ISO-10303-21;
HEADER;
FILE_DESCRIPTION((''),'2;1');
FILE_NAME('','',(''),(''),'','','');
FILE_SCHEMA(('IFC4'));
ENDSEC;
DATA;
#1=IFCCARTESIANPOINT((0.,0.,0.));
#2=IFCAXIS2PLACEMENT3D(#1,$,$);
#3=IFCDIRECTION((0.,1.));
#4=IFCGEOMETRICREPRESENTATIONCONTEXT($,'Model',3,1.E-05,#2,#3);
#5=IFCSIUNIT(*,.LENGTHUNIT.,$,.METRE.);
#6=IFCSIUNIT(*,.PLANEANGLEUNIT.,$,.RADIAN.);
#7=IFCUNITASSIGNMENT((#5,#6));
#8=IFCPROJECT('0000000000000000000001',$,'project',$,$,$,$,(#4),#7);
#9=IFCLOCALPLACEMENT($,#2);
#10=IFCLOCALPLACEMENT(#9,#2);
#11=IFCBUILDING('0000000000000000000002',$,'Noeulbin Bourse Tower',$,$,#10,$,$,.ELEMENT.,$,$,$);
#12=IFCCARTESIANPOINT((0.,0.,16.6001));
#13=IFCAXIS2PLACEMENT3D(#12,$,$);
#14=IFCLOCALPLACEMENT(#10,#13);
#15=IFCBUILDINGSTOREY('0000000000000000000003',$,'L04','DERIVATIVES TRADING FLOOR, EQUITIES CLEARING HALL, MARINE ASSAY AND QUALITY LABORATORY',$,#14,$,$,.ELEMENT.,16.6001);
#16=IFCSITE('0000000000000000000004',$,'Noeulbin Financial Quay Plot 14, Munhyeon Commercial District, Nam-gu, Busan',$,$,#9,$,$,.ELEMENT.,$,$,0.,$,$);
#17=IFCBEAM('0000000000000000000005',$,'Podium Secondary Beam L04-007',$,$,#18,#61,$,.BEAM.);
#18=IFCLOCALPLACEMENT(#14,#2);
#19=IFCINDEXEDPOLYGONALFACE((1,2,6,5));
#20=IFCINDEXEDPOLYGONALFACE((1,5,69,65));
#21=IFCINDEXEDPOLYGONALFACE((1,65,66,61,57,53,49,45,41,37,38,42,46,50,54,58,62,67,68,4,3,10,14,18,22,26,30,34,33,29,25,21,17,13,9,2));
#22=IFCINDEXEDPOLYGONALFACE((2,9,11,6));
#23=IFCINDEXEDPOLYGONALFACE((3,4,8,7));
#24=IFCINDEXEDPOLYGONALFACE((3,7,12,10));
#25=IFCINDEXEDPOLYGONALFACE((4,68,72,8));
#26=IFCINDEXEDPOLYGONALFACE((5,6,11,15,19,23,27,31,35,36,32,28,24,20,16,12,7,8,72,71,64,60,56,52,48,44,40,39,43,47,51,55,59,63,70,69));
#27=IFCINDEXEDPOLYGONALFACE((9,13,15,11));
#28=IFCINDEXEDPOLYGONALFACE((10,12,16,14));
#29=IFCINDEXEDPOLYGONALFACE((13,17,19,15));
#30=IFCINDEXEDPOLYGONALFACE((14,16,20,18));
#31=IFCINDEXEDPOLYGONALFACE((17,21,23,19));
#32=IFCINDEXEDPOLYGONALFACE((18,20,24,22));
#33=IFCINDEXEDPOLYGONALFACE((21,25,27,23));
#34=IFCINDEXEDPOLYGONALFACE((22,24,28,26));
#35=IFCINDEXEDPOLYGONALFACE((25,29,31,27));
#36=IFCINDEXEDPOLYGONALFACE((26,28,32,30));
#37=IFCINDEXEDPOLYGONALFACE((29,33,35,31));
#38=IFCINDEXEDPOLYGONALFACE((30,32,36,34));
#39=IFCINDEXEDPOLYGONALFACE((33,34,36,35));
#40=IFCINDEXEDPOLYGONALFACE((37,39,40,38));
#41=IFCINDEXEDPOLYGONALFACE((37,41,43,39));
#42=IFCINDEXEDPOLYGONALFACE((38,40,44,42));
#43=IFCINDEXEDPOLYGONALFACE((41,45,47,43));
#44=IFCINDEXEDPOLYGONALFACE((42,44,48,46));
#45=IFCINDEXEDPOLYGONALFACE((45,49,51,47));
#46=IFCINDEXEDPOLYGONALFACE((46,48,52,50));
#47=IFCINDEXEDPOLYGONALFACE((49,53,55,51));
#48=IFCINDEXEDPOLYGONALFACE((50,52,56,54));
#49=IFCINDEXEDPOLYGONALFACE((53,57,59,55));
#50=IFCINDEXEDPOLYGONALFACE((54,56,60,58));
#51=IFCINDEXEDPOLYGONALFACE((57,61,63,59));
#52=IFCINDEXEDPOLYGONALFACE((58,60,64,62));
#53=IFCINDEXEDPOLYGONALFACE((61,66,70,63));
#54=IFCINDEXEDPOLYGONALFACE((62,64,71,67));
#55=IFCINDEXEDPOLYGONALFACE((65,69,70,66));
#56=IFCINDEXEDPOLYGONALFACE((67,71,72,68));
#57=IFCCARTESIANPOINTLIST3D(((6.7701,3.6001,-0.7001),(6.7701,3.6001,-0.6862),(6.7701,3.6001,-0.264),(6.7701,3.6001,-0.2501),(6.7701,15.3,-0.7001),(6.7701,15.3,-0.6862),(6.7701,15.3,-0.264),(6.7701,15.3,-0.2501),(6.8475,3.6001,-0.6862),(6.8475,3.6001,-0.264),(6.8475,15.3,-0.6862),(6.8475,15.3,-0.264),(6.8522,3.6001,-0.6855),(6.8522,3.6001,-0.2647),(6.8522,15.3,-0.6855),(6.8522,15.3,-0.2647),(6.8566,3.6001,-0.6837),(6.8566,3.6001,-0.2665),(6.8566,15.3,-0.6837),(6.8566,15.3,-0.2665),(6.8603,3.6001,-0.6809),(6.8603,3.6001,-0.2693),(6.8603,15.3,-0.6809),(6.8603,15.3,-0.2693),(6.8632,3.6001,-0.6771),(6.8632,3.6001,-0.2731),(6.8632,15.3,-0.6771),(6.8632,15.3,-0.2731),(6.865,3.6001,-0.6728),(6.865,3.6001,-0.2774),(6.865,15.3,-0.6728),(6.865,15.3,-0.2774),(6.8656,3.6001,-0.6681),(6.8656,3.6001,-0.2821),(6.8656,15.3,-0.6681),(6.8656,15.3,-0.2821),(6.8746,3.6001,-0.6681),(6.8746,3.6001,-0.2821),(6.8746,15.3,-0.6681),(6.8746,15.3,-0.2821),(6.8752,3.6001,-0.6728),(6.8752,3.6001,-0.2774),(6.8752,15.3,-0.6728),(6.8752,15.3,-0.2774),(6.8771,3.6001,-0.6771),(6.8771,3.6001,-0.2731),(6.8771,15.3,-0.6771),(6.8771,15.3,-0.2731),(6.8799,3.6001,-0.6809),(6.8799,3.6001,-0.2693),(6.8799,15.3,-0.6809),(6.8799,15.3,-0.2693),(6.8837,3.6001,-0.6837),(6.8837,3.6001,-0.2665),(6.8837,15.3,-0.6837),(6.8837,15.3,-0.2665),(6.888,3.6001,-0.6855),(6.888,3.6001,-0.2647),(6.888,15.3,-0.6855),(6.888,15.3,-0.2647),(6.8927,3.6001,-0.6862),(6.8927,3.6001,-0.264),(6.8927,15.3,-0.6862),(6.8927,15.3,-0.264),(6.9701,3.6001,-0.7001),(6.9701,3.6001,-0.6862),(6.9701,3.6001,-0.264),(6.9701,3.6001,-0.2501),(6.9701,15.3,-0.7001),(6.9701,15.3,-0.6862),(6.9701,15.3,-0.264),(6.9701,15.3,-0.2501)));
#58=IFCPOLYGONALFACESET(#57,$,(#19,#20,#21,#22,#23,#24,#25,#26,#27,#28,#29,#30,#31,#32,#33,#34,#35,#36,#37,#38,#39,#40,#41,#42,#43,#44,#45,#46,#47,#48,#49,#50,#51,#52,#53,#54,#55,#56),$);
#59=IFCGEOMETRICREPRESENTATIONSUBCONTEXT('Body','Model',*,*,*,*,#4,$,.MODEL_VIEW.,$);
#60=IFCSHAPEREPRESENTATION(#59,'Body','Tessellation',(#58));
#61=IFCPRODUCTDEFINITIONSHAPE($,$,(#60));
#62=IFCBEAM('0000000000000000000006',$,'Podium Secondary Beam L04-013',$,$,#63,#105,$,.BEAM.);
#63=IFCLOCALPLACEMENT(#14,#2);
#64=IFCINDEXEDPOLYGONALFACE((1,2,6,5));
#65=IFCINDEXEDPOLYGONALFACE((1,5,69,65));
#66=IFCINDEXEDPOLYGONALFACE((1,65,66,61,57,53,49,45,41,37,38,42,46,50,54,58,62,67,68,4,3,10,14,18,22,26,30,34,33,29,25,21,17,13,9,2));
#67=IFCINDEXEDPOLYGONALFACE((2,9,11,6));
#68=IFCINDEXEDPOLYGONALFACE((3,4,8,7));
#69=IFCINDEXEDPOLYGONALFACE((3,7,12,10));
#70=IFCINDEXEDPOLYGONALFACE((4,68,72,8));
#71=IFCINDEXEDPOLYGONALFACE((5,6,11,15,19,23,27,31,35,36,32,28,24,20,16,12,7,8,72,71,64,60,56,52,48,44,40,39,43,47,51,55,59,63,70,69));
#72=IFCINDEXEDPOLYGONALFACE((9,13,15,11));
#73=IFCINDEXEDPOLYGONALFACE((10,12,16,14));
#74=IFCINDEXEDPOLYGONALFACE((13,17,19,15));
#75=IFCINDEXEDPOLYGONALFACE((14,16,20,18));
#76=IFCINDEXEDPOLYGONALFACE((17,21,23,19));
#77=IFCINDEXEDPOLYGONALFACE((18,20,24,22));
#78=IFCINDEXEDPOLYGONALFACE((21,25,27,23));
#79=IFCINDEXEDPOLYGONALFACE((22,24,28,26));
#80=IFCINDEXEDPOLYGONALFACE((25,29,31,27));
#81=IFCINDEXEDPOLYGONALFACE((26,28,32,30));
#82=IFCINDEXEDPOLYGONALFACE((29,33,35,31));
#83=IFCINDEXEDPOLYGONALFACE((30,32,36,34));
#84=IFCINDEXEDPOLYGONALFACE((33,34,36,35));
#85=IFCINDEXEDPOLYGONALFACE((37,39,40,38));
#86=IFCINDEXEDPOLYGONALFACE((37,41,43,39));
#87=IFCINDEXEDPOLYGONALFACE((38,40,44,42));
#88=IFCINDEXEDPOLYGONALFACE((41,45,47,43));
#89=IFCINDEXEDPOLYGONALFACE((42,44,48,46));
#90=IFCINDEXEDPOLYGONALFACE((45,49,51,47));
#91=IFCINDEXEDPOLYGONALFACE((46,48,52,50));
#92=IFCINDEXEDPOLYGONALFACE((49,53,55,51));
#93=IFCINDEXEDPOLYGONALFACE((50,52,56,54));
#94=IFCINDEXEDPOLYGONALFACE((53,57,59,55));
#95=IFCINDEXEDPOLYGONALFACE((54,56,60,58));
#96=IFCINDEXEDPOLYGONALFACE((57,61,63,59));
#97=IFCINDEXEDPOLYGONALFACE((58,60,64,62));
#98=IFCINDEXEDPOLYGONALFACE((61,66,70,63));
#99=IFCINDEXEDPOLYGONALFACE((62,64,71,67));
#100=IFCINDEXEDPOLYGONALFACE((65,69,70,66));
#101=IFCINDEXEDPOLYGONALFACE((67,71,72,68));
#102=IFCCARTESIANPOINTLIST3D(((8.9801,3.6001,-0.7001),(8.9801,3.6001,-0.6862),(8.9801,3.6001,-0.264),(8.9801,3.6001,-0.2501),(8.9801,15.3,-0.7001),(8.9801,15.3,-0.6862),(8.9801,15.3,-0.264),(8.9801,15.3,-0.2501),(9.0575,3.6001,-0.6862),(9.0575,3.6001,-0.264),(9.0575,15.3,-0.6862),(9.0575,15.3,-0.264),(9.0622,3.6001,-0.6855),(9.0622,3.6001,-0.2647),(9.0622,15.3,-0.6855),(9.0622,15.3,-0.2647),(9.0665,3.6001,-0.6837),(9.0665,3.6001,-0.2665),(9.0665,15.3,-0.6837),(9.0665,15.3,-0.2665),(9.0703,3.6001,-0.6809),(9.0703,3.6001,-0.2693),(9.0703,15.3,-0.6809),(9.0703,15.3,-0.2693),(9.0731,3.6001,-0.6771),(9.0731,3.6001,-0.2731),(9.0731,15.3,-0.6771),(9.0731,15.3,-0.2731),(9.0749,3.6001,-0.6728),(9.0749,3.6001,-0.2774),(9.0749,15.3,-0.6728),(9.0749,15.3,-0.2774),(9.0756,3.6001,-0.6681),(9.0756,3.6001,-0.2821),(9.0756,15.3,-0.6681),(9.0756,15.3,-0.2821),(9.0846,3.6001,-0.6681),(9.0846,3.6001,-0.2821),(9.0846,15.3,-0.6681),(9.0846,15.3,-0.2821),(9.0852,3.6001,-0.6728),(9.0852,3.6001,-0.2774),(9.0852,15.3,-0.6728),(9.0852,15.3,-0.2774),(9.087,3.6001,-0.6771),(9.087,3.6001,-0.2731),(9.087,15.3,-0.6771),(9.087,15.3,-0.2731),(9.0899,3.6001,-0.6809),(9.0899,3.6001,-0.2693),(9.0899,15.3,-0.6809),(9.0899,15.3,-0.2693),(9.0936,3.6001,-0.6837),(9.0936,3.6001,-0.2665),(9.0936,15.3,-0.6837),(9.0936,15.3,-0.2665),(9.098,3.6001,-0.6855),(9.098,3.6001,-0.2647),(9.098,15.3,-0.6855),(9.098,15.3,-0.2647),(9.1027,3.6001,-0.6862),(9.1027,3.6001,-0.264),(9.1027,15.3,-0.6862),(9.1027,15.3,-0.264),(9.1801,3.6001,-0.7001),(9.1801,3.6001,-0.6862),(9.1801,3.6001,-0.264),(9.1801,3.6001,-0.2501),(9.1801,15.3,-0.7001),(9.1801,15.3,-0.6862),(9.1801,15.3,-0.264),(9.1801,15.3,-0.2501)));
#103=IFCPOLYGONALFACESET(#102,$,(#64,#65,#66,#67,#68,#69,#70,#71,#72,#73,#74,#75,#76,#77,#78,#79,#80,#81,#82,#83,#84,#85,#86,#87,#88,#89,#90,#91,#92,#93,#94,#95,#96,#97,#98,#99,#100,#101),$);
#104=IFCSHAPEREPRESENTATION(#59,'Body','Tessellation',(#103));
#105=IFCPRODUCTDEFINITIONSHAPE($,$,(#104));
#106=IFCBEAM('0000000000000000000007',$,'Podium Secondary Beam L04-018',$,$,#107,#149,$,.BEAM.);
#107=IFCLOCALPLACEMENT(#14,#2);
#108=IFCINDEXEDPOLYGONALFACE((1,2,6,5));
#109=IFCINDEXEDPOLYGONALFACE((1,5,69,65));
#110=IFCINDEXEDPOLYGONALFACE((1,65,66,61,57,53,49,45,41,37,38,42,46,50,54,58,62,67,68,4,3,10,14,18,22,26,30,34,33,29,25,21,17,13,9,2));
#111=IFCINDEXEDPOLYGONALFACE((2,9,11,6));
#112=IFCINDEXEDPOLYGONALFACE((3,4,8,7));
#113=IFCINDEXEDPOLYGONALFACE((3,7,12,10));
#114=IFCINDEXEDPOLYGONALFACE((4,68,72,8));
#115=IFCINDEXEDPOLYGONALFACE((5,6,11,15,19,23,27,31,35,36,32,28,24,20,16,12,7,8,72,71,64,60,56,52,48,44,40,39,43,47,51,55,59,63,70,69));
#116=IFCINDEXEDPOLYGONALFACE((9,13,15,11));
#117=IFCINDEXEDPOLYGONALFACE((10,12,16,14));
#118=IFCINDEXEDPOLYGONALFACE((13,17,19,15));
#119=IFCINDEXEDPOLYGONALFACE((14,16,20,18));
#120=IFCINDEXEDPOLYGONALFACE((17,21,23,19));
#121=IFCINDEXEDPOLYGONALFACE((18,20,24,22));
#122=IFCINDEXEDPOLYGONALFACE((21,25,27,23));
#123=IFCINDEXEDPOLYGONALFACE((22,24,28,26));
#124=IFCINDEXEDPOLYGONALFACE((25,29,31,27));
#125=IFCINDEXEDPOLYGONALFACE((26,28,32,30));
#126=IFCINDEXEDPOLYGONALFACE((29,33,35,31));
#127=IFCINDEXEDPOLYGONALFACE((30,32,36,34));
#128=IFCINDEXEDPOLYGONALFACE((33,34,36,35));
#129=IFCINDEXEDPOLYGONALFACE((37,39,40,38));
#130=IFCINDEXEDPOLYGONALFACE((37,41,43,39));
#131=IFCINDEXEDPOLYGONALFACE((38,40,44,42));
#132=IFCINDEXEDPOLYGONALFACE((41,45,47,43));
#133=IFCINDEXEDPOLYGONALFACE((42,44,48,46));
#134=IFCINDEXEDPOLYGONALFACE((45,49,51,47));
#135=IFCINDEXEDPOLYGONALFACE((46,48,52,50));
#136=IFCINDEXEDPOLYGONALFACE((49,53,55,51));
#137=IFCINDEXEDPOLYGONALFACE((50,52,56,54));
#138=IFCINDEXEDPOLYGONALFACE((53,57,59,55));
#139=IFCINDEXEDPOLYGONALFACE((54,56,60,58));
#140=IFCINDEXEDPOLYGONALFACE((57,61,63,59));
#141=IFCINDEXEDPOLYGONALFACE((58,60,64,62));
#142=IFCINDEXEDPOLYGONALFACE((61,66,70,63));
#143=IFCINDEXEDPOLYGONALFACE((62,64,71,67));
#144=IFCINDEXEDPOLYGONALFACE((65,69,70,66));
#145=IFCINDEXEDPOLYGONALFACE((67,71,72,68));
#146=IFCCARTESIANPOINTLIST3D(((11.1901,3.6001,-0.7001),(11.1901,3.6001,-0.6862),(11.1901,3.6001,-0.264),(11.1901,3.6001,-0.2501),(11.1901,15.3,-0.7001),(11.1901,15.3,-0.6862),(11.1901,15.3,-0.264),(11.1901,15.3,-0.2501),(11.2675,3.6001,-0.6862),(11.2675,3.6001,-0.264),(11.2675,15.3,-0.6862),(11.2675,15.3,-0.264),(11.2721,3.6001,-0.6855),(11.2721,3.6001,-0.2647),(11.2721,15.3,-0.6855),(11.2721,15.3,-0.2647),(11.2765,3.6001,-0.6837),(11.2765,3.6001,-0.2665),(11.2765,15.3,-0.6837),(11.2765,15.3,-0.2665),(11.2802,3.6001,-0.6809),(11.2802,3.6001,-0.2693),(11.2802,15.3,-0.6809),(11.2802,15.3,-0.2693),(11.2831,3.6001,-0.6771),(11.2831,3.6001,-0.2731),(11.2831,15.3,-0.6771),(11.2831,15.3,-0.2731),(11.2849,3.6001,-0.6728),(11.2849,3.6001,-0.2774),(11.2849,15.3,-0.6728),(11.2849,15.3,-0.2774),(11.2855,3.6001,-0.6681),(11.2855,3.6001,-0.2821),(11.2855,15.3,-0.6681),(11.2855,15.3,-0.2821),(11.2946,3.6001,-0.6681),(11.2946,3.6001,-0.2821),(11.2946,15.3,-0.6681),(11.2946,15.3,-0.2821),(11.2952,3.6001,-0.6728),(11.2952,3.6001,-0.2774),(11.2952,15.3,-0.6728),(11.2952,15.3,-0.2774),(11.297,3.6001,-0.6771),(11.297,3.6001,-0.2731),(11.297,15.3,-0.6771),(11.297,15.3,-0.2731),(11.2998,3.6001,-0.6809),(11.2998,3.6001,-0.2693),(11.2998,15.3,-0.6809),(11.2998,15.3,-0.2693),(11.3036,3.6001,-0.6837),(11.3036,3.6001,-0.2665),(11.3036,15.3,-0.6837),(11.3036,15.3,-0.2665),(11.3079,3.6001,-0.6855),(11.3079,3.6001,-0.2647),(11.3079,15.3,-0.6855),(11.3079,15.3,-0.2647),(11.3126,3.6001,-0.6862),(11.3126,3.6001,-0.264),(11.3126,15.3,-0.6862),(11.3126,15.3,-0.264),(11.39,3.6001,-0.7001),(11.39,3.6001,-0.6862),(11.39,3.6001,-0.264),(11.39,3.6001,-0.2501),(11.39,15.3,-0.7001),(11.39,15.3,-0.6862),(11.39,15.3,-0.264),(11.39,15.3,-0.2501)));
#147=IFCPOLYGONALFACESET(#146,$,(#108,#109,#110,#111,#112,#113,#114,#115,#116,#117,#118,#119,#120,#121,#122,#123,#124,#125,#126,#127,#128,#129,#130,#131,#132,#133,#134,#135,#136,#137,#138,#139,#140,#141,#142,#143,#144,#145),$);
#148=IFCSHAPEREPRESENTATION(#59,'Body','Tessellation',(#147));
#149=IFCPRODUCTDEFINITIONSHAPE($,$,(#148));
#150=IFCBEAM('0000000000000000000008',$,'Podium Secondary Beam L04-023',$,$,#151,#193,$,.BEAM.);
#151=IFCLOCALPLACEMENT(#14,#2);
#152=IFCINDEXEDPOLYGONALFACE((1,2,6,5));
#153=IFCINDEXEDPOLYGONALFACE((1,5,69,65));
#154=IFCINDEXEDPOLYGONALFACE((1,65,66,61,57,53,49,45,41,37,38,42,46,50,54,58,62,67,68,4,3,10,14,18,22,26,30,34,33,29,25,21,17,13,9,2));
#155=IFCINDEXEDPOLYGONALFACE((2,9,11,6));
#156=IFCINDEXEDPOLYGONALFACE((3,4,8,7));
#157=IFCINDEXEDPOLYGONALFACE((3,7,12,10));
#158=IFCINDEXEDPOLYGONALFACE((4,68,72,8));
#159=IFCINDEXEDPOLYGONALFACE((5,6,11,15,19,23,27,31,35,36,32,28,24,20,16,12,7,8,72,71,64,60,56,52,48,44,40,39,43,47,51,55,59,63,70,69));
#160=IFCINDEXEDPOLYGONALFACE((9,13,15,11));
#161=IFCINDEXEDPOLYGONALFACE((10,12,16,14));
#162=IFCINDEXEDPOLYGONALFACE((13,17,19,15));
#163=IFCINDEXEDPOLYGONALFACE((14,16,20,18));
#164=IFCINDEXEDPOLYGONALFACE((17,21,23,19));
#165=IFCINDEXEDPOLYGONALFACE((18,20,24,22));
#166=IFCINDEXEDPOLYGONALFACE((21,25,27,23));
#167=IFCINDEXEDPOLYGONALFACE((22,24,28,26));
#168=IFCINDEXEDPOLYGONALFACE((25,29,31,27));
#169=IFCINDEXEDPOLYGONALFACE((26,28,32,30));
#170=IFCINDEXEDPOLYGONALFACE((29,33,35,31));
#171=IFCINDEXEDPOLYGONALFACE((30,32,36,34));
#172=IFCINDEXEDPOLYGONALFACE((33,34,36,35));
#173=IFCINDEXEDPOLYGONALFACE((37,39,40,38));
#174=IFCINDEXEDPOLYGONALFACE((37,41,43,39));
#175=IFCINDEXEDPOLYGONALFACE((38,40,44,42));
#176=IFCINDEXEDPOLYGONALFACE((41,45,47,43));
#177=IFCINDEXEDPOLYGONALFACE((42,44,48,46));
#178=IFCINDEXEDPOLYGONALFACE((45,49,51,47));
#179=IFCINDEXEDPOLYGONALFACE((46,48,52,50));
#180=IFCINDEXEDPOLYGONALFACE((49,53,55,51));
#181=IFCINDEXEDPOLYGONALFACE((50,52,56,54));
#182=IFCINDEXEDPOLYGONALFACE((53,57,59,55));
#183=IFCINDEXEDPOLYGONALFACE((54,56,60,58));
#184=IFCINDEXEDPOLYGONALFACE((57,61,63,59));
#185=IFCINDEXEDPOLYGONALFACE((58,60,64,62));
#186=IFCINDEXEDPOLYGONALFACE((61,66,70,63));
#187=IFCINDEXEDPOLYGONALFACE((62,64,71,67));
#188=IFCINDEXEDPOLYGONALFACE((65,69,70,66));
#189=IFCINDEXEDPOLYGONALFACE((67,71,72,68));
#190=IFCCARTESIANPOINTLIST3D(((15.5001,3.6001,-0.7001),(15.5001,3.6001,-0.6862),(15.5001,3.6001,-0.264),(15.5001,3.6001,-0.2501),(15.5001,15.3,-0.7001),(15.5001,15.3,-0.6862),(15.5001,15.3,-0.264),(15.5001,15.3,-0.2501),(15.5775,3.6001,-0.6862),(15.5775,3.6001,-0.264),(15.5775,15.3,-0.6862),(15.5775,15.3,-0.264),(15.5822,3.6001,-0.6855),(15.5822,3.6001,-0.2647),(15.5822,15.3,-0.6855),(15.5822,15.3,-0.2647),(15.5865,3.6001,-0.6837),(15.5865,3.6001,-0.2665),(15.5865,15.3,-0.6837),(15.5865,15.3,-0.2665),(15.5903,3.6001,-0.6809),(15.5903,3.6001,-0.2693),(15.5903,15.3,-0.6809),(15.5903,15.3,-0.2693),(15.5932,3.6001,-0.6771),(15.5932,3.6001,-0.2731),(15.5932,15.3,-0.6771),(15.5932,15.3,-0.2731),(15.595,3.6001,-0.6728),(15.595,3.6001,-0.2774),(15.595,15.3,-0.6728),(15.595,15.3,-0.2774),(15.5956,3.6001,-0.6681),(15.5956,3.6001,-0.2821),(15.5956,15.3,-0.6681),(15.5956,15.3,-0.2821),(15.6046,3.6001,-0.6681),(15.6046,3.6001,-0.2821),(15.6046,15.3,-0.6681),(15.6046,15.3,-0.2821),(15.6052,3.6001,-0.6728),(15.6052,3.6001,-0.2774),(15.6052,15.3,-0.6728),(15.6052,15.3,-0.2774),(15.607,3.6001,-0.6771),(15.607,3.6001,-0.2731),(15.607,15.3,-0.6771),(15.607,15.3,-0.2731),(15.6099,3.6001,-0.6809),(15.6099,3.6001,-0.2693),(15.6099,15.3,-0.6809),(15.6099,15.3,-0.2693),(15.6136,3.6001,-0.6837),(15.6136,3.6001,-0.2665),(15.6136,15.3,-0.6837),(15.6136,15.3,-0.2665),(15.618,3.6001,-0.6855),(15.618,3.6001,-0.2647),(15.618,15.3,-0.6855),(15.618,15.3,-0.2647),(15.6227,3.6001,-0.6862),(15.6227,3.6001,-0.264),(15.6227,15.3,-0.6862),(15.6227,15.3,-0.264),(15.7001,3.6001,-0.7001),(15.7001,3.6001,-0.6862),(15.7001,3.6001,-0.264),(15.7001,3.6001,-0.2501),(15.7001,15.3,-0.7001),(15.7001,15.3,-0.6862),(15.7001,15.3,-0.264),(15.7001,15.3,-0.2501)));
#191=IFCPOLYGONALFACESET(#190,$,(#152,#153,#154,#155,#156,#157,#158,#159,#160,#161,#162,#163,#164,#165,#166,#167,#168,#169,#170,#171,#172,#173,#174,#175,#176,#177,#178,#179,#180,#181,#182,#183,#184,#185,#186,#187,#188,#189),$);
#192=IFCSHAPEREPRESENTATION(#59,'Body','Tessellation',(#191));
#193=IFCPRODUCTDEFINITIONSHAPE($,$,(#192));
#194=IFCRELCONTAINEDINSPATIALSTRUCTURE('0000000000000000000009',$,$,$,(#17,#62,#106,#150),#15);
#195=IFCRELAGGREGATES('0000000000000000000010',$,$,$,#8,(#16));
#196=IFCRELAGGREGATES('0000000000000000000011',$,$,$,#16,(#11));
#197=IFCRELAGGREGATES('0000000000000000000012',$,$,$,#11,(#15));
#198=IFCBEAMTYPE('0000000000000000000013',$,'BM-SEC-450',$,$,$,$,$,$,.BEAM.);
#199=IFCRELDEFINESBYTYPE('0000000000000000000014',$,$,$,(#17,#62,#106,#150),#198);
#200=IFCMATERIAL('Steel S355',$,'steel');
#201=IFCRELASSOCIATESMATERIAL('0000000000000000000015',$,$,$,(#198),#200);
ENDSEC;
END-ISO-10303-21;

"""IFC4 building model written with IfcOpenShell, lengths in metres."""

from ifc_helpers import new_model, si_unit, direction, frame, origin, origin_2d, place, context, subcontext, project, spatial, i_section, extrude, material, material_profile, profile_set, type_object, element, save


model = new_model("IFC4")

# Units and contexts
model_context = context("Model", 3, precision=1e-05, world=origin(), true_north=direction((0.0, 1.0)))
body_context = subcontext(model_context, "Body", "Model", "MODEL_VIEW")
ifc_project = project(units=[si_unit("LENGTHUNIT", "METRE"), si_unit("PLANEANGLEUNIT", "RADIAN")], contexts=[model_context])

# Site, building, storey
site_placement = place(None, origin())
site = spatial("IfcSite", under=ifc_project, at=site_placement, Name="Noeulbin Financial Quay Plot 14, Munhyeon Commercial District, Nam-gu, Busan", CompositionType="ELEMENT", RefElevation=0.0)
building_placement = place(site_placement, origin())
building = spatial("IfcBuilding", under=site, at=building_placement, Name="Noeulbin Bourse Tower", CompositionType="ELEMENT")
storey_placement = place(building_placement, frame((0.0, 0.0, 16.6001)))
storey = spatial("IfcBuildingStorey", under=building, at=storey_placement, Name="L04", Description="DERIVATIVES TRADING FLOOR, EQUITIES CLEARING HALL, MARINE ASSAY AND QUALITY LABORATORY", CompositionType="ELEMENT", Elevation=16.6001)

# Beams
ifc_material_1 = material(Name="Steel S355", Category="steel")
ifc_material_profile_1 = material_profile(ifc_material_1, i_section(OverallWidth=0.2, OverallDepth=0.45, WebThickness=0.009, FlangeThickness=0.0139, FilletRadius=0.0181, at=origin_2d()), Name="H-450x200x9x14", Category="LoadBearing")
ifc_profile_set_1 = profile_set([ifc_material_profile_1], Name="Steel S355")
beam_type_1 = type_object("IfcBeamType", Name="BM-SEC-450", PredefinedType="BEAM", material=ifc_profile_set_1)
for number, where, z_axis, x_axis, name in (
    (1, (6.8701, 3.6001, -0.4751), (0.0, 1.0, 0.0), (-1.0, 0.0, 0.0), "Podium Secondary Beam L04-007"),
    (2, (9.0801, 3.6001, -0.4751), (0.0, 1.0, 0.0), (-1.0, 0.0, 0.0), "Podium Secondary Beam L04-013"),
    (3, (11.29, 3.6001, -0.4751), (0.0, 1.0, 0.0), (-1.0, 0.0, 0.0), "Podium Secondary Beam L04-018"),
    (4, (15.6001, 3.6001, -0.4751), (0.0, 1.0, 0.0), (-1.0, 0.0, 0.0), "Podium Secondary Beam L04-023"),
):
    element("IfcBeam", number, at=place(storey_placement, frame(where, z_axis=z_axis, x_axis=x_axis)), inside=storey, type_object=beam_type_1, Name=name, PredefinedType="BEAM", context=body_context, shape_type="SweptSolid", body=[
        extrude(i_section(OverallWidth=0.2, OverallDepth=0.45, WebThickness=0.009, FlangeThickness=0.0139, FilletRadius=0.0181, at=origin_2d()), origin(), (0.0, 0.0, 1.0), 11.7),
    ])

save(model, "model.ifc")
